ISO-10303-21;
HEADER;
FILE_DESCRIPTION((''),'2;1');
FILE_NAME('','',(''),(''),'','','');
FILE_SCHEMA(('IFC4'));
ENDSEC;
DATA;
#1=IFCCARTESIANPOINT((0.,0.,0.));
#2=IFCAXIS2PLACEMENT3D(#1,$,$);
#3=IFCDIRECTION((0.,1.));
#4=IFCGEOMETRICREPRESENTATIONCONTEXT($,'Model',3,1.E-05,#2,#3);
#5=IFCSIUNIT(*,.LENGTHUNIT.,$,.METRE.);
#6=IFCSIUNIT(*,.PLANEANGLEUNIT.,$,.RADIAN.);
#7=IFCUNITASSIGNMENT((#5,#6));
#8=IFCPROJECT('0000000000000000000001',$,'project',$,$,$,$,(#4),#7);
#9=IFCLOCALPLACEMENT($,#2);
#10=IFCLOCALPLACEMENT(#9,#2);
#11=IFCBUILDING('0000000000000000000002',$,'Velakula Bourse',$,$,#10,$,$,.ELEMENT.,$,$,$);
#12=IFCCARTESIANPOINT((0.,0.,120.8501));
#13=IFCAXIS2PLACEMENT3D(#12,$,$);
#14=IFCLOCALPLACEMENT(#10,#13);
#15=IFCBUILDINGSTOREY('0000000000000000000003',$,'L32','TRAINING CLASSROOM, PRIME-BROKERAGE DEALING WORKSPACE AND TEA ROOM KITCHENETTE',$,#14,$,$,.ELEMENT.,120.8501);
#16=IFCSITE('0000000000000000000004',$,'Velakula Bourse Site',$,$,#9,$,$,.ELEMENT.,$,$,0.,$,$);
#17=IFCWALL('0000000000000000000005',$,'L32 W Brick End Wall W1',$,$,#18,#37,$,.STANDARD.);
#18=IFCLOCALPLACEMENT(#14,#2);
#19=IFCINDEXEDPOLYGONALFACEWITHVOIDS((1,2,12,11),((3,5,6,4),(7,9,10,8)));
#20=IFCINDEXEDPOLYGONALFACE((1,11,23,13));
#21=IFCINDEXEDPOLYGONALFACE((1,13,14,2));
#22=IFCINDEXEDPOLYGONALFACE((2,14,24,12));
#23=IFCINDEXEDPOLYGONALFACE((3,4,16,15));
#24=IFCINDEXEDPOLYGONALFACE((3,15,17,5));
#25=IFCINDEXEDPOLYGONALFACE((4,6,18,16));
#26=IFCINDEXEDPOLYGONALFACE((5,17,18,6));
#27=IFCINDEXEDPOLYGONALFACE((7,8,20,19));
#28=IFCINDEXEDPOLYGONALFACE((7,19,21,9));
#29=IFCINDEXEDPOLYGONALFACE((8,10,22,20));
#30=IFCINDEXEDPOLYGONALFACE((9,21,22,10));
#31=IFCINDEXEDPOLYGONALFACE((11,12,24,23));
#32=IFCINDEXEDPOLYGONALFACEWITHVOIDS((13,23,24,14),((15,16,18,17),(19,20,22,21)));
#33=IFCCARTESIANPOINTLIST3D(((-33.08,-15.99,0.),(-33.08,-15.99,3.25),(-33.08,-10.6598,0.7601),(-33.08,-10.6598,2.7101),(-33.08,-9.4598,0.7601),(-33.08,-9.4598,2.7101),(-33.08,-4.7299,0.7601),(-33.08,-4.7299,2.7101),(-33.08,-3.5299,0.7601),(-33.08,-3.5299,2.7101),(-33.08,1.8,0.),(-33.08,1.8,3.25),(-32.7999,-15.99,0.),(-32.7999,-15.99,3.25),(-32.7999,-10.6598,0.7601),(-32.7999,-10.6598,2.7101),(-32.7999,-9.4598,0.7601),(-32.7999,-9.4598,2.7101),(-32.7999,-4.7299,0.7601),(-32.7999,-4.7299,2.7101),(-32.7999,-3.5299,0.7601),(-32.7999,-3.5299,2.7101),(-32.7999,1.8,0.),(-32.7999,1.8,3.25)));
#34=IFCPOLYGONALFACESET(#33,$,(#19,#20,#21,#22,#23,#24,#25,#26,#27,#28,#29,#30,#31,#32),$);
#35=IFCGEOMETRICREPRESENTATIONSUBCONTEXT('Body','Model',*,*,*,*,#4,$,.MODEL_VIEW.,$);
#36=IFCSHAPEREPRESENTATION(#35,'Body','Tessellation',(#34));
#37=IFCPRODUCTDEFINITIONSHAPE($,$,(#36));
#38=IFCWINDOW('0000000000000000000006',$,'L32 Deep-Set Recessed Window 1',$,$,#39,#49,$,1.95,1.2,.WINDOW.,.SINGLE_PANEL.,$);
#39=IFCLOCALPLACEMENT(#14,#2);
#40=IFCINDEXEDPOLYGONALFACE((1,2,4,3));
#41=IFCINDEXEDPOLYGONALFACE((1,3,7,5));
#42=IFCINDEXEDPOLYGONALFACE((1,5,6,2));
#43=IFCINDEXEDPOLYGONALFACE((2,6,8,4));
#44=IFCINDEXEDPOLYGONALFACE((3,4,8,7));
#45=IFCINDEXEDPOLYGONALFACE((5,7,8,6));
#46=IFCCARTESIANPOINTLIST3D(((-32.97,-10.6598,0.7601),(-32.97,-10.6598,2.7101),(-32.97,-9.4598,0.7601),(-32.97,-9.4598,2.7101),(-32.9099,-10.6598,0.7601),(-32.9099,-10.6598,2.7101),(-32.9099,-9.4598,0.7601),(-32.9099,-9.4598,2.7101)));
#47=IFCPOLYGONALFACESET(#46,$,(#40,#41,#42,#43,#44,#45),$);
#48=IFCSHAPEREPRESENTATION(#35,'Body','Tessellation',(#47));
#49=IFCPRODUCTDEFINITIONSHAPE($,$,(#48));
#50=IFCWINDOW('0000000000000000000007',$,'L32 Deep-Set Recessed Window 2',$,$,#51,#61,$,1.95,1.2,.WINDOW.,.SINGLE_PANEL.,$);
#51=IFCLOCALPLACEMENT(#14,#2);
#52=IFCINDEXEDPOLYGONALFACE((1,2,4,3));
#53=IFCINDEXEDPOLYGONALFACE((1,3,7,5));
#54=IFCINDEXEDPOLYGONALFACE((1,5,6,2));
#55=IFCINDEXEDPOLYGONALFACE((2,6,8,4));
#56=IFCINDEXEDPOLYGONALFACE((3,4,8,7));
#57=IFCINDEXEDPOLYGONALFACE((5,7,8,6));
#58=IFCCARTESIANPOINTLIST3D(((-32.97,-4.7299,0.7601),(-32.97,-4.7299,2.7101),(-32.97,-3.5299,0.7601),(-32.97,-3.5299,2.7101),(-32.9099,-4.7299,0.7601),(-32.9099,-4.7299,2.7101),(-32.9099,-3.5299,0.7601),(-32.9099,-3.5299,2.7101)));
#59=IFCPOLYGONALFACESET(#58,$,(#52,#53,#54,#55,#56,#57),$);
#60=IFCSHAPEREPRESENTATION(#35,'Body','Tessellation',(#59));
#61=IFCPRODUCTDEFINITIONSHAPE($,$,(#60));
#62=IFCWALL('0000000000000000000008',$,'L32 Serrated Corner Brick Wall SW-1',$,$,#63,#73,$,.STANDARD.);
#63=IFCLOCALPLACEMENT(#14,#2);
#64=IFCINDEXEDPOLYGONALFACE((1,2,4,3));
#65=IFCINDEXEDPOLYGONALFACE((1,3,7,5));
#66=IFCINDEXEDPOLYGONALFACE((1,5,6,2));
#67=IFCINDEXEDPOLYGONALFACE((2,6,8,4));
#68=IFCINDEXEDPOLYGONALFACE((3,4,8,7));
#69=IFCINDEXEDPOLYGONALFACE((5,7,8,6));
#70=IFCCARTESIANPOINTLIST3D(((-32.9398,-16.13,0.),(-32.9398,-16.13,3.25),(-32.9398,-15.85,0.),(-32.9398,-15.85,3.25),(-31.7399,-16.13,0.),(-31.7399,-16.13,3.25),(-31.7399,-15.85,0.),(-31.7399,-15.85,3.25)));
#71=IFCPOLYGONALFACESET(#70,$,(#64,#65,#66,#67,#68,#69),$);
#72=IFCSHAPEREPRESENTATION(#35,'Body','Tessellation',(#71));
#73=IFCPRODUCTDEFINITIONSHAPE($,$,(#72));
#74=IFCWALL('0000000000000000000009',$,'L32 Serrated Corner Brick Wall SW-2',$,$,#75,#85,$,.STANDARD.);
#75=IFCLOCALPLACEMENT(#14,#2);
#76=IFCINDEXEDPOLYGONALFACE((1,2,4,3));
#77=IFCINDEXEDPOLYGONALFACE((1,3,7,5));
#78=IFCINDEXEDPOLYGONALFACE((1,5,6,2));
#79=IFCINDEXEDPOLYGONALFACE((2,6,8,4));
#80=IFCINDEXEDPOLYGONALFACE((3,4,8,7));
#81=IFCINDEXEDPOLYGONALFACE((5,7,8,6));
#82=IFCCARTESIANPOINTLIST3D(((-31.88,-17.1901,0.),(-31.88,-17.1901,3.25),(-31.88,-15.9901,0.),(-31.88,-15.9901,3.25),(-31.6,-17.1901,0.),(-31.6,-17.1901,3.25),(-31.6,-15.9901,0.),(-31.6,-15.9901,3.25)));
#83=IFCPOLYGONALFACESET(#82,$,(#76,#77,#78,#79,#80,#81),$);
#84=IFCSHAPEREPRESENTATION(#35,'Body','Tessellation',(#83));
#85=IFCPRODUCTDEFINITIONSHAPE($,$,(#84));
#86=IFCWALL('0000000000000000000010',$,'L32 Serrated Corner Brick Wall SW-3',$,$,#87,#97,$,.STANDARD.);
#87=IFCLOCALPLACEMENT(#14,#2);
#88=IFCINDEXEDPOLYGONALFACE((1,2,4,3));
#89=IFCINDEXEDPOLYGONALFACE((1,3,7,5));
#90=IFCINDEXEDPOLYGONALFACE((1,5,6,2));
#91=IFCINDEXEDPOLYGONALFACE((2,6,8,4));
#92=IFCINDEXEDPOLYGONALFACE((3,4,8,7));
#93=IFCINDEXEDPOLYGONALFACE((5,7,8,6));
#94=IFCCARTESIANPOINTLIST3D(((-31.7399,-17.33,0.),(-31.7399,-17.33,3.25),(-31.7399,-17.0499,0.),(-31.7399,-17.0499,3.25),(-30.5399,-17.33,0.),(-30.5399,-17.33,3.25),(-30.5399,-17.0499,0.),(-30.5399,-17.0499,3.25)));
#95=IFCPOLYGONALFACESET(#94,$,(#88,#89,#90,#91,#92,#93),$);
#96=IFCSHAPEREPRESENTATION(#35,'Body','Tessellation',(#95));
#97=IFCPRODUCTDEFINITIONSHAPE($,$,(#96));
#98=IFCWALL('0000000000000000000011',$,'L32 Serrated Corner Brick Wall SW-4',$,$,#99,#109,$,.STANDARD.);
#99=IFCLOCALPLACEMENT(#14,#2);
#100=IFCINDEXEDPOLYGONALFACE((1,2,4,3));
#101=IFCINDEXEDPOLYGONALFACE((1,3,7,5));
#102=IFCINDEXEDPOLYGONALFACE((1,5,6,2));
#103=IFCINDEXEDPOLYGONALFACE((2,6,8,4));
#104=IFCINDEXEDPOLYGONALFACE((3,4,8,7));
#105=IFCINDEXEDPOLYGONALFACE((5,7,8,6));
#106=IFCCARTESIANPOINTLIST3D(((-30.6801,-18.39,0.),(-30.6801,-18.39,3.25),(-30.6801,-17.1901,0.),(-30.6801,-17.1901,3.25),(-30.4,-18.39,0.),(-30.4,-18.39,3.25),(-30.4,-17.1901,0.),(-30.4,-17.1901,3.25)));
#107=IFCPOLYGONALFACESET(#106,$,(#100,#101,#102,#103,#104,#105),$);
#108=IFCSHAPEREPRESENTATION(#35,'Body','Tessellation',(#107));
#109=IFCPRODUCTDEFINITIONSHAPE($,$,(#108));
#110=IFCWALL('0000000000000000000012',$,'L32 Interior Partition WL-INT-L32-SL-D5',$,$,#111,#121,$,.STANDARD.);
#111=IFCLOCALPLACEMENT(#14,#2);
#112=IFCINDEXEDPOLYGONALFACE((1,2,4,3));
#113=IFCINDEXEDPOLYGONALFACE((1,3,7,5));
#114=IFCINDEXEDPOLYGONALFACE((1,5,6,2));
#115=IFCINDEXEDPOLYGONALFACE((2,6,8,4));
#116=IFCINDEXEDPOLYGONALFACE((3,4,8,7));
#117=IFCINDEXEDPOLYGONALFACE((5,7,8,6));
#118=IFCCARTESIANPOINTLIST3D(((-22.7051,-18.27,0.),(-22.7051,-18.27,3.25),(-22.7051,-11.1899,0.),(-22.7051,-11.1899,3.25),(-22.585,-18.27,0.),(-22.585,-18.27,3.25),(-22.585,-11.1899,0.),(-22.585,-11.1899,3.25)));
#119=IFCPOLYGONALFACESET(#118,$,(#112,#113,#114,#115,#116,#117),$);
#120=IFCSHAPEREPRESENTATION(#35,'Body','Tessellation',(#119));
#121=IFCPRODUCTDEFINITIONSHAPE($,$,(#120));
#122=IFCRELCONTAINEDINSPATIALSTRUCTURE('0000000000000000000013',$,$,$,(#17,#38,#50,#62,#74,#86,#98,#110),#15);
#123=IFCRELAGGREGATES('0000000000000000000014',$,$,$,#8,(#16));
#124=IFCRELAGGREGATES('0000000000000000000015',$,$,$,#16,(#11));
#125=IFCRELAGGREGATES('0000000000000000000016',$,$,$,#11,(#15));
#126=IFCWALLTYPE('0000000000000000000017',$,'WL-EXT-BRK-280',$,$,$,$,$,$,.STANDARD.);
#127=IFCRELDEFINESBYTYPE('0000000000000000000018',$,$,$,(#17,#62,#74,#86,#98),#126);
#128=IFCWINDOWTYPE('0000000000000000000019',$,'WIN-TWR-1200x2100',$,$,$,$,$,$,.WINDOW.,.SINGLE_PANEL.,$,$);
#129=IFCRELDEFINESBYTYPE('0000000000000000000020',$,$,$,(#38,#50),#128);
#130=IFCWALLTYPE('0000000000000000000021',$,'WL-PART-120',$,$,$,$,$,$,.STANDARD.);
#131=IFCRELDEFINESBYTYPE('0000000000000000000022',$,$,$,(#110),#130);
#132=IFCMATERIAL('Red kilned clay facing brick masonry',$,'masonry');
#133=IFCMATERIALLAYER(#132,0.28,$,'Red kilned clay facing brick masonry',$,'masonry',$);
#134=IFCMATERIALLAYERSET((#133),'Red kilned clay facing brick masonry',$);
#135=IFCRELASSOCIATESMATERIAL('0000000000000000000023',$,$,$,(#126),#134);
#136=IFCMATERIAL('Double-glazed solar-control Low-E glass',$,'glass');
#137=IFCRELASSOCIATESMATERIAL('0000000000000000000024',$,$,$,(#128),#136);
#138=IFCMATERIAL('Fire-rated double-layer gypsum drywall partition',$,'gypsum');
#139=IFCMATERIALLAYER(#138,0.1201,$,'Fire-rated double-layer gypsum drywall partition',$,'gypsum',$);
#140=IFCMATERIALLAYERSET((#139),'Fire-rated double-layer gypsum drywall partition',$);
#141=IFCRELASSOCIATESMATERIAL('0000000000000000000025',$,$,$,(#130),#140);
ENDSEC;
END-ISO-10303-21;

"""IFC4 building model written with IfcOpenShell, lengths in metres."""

from ifc_helpers import new_model, si_unit, direction, frame, frame_2d, origin, place, context, subcontext, project, spatial, rectangle, extrude, material, layer, layer_set, type_object, element, fill, save


model = new_model("IFC4")

# Units and contexts
model_context = context("Model", 3, precision=1e-05, world=origin(), true_north=direction((0.0, 1.0)))
body_context = subcontext(model_context, "Body", "Model", "MODEL_VIEW")
ifc_project = project(units=[si_unit("LENGTHUNIT", "METRE"), si_unit("PLANEANGLEUNIT", "RADIAN")], contexts=[model_context])

# Site, building, storey
site_placement = place(None, origin())
site = spatial("IfcSite", under=ifc_project, at=site_placement, Name="Velakula Bourse Site", CompositionType="ELEMENT", RefElevation=0.0)
building_placement = place(site_placement, origin())
building = spatial("IfcBuilding", under=site, at=building_placement, Name="Velakula Bourse", CompositionType="ELEMENT")
storey_placement = place(building_placement, frame((0.0, 0.0, 120.8501)))
storey = spatial("IfcBuildingStorey", under=building, at=storey_placement, Name="L32", Description="TRAINING CLASSROOM, PRIME-BROKERAGE DEALING WORKSPACE AND TEA ROOM KITCHENETTE", CompositionType="ELEMENT", Elevation=120.8501)

# Wall, openings, windows
ifc_material_1 = material(Name="Red kilned clay facing brick masonry", Category="masonry")
ifc_layer_1 = layer(ifc_material_1, 0.28, Name="Red kilned clay facing brick masonry", Category="masonry")
ifc_layer_set_1 = layer_set([ifc_layer_1], Name="Red kilned clay facing brick masonry")
wall_type_1 = type_object("IfcWallType", Name="WL-EXT-BRK-280", PredefinedType="STANDARD", material=ifc_layer_set_1)
wall_1_placement = place(storey_placement, frame((-32.9399, -15.99, 0.0), z_axis=(0.0, 0.0, 1.0), x_axis=(0.0, 1.0, 0.0)))
wall_1 = element("IfcWall", 1, at=wall_1_placement, inside=storey, type_object=wall_type_1, Name="L32 W Brick End Wall W1", PredefinedType="STANDARD", context=body_context, shape_type="SweptSolid", body=[
    extrude(rectangle(XDim=17.79, YDim=0.28, at=frame_2d((8.895, 0.0))), origin(), (0.0, 0.0, 1.0), 3.25),
])
opening_1_placement = place(wall_1_placement, frame((5.3301, 0.0, 0.76)))
opening_1 = element("IfcOpeningElement", 2, at=opening_1_placement, cuts=wall_1, PredefinedType="OPENING", context=body_context, shape_type="SweptSolid", body=[
    extrude(rectangle(XDim=1.2, YDim=1.95, at=frame_2d((0.6001, 0.9751))), frame((0.0, 0.1499, 0.0), z_axis=(0.0, -1.0, 0.0), x_axis=(1.0, 0.0, 0.0)), (0.0, 0.0, 1.0), 0.3),
])
opening_2_placement = place(wall_1_placement, frame((11.26, 0.0, 0.76)))
opening_2 = element("IfcOpeningElement", 3, at=opening_2_placement, cuts=wall_1, PredefinedType="OPENING", context=body_context, shape_type="SweptSolid", body=[
    extrude(rectangle(XDim=1.2, YDim=1.95, at=frame_2d((0.6001, 0.9751))), frame((0.0, 0.1499, 0.0), z_axis=(0.0, -1.0, 0.0), x_axis=(1.0, 0.0, 0.0)), (0.0, 0.0, 1.0), 0.3),
])
ifc_material_2 = material(Name="Double-glazed solar-control Low-E glass", Category="glass")
window_type = type_object("IfcWindowType", Name="WIN-TWR-1200x2100", PartitioningType="SINGLE_PANEL", PredefinedType="WINDOW", material=ifc_material_2)
window_1_placement = place(opening_1_placement, origin())
window_1 = element("IfcWindow", 4, at=window_1_placement, inside=storey, type_object=window_type, Name="L32 Deep-Set Recessed Window 1", OverallHeight=1.95, OverallWidth=1.2, PartitioningType="SINGLE_PANEL", PredefinedType="WINDOW", context=body_context, shape_type="SweptSolid", body=[
    extrude(rectangle(XDim=1.2, YDim=1.95, at=frame_2d((0.6001, 0.9751))), frame((0.0, 0.03, 0.0), z_axis=(0.0, -1.0, 0.0), x_axis=(1.0, 0.0, 0.0)), (0.0, 0.0, 1.0), 0.0601),
])
fill(opening_1, window_1)
window_2_placement = place(opening_2_placement, origin())
window_2 = element("IfcWindow", 5, at=window_2_placement, inside=storey, type_object=window_type, Name="L32 Deep-Set Recessed Window 2", OverallHeight=1.95, OverallWidth=1.2, PartitioningType="SINGLE_PANEL", PredefinedType="WINDOW", context=body_context, shape_type="SweptSolid", body=[
    extrude(rectangle(XDim=1.2, YDim=1.95, at=frame_2d((0.6001, 0.9751))), frame((0.0, 0.03, 0.0), z_axis=(0.0, -1.0, 0.0), x_axis=(1.0, 0.0, 0.0)), (0.0, 0.0, 1.0), 0.0601),
])
fill(opening_2, window_2)

# Walls
for number, where, z_axis, x_axis, name in (
    (6, (-32.9399, -15.99, 0.0), (0.0, 0.0, 1.0), (1.0, 0.0, 0.0), "L32 Serrated Corner Brick Wall SW-1"),
    (7, (-31.74, -15.99, 0.0), (0.0, 0.0, 1.0), (0.0, -1.0, 0.0), "L32 Serrated Corner Brick Wall SW-2"),
    (8, (-31.74, -17.1899, 0.0), (0.0, 0.0, 1.0), (1.0, 0.0, 0.0), "L32 Serrated Corner Brick Wall SW-3"),
    (9, (-30.54, -17.1899, 0.0), (0.0, 0.0, 1.0), (0.0, -1.0, 0.0), "L32 Serrated Corner Brick Wall SW-4"),
):
    element("IfcWall", number, at=place(storey_placement, frame(where, z_axis=z_axis, x_axis=x_axis)), inside=storey, type_object=wall_type_1, Name=name, PredefinedType="STANDARD", context=body_context, shape_type="SweptSolid", body=[
        extrude(rectangle(XDim=1.2, YDim=0.28, at=frame_2d((0.6001, 0.0))), origin(), (0.0, 0.0, 1.0), 3.25),
    ])
ifc_material_3 = material(Name="Fire-rated double-layer gypsum drywall partition", Category="gypsum")
ifc_layer_2 = layer(ifc_material_3, 0.1201, Name="Fire-rated double-layer gypsum drywall partition", Category="gypsum")
ifc_layer_set_2 = layer_set([ifc_layer_2], Name="Fire-rated double-layer gypsum drywall partition")
wall_type_2 = type_object("IfcWallType", Name="WL-PART-120", PredefinedType="STANDARD", material=ifc_layer_set_2)
wall_2_placement = place(storey_placement, frame((-22.645, -18.27, 0.0), z_axis=(0.0, 0.0, 1.0), x_axis=(0.0, 1.0, 0.0)))
element("IfcWall", 10, at=wall_2_placement, inside=storey, type_object=wall_type_2, Name="L32 Interior Partition WL-INT-L32-SL-D5", PredefinedType="STANDARD", context=body_context, shape_type="SweptSolid", body=[
    extrude(rectangle(XDim=7.0801, YDim=0.1201, at=frame_2d((3.54, 0.0))), origin(), (0.0, 0.0, 1.0), 3.25),
])

save(model, "model.ifc")
